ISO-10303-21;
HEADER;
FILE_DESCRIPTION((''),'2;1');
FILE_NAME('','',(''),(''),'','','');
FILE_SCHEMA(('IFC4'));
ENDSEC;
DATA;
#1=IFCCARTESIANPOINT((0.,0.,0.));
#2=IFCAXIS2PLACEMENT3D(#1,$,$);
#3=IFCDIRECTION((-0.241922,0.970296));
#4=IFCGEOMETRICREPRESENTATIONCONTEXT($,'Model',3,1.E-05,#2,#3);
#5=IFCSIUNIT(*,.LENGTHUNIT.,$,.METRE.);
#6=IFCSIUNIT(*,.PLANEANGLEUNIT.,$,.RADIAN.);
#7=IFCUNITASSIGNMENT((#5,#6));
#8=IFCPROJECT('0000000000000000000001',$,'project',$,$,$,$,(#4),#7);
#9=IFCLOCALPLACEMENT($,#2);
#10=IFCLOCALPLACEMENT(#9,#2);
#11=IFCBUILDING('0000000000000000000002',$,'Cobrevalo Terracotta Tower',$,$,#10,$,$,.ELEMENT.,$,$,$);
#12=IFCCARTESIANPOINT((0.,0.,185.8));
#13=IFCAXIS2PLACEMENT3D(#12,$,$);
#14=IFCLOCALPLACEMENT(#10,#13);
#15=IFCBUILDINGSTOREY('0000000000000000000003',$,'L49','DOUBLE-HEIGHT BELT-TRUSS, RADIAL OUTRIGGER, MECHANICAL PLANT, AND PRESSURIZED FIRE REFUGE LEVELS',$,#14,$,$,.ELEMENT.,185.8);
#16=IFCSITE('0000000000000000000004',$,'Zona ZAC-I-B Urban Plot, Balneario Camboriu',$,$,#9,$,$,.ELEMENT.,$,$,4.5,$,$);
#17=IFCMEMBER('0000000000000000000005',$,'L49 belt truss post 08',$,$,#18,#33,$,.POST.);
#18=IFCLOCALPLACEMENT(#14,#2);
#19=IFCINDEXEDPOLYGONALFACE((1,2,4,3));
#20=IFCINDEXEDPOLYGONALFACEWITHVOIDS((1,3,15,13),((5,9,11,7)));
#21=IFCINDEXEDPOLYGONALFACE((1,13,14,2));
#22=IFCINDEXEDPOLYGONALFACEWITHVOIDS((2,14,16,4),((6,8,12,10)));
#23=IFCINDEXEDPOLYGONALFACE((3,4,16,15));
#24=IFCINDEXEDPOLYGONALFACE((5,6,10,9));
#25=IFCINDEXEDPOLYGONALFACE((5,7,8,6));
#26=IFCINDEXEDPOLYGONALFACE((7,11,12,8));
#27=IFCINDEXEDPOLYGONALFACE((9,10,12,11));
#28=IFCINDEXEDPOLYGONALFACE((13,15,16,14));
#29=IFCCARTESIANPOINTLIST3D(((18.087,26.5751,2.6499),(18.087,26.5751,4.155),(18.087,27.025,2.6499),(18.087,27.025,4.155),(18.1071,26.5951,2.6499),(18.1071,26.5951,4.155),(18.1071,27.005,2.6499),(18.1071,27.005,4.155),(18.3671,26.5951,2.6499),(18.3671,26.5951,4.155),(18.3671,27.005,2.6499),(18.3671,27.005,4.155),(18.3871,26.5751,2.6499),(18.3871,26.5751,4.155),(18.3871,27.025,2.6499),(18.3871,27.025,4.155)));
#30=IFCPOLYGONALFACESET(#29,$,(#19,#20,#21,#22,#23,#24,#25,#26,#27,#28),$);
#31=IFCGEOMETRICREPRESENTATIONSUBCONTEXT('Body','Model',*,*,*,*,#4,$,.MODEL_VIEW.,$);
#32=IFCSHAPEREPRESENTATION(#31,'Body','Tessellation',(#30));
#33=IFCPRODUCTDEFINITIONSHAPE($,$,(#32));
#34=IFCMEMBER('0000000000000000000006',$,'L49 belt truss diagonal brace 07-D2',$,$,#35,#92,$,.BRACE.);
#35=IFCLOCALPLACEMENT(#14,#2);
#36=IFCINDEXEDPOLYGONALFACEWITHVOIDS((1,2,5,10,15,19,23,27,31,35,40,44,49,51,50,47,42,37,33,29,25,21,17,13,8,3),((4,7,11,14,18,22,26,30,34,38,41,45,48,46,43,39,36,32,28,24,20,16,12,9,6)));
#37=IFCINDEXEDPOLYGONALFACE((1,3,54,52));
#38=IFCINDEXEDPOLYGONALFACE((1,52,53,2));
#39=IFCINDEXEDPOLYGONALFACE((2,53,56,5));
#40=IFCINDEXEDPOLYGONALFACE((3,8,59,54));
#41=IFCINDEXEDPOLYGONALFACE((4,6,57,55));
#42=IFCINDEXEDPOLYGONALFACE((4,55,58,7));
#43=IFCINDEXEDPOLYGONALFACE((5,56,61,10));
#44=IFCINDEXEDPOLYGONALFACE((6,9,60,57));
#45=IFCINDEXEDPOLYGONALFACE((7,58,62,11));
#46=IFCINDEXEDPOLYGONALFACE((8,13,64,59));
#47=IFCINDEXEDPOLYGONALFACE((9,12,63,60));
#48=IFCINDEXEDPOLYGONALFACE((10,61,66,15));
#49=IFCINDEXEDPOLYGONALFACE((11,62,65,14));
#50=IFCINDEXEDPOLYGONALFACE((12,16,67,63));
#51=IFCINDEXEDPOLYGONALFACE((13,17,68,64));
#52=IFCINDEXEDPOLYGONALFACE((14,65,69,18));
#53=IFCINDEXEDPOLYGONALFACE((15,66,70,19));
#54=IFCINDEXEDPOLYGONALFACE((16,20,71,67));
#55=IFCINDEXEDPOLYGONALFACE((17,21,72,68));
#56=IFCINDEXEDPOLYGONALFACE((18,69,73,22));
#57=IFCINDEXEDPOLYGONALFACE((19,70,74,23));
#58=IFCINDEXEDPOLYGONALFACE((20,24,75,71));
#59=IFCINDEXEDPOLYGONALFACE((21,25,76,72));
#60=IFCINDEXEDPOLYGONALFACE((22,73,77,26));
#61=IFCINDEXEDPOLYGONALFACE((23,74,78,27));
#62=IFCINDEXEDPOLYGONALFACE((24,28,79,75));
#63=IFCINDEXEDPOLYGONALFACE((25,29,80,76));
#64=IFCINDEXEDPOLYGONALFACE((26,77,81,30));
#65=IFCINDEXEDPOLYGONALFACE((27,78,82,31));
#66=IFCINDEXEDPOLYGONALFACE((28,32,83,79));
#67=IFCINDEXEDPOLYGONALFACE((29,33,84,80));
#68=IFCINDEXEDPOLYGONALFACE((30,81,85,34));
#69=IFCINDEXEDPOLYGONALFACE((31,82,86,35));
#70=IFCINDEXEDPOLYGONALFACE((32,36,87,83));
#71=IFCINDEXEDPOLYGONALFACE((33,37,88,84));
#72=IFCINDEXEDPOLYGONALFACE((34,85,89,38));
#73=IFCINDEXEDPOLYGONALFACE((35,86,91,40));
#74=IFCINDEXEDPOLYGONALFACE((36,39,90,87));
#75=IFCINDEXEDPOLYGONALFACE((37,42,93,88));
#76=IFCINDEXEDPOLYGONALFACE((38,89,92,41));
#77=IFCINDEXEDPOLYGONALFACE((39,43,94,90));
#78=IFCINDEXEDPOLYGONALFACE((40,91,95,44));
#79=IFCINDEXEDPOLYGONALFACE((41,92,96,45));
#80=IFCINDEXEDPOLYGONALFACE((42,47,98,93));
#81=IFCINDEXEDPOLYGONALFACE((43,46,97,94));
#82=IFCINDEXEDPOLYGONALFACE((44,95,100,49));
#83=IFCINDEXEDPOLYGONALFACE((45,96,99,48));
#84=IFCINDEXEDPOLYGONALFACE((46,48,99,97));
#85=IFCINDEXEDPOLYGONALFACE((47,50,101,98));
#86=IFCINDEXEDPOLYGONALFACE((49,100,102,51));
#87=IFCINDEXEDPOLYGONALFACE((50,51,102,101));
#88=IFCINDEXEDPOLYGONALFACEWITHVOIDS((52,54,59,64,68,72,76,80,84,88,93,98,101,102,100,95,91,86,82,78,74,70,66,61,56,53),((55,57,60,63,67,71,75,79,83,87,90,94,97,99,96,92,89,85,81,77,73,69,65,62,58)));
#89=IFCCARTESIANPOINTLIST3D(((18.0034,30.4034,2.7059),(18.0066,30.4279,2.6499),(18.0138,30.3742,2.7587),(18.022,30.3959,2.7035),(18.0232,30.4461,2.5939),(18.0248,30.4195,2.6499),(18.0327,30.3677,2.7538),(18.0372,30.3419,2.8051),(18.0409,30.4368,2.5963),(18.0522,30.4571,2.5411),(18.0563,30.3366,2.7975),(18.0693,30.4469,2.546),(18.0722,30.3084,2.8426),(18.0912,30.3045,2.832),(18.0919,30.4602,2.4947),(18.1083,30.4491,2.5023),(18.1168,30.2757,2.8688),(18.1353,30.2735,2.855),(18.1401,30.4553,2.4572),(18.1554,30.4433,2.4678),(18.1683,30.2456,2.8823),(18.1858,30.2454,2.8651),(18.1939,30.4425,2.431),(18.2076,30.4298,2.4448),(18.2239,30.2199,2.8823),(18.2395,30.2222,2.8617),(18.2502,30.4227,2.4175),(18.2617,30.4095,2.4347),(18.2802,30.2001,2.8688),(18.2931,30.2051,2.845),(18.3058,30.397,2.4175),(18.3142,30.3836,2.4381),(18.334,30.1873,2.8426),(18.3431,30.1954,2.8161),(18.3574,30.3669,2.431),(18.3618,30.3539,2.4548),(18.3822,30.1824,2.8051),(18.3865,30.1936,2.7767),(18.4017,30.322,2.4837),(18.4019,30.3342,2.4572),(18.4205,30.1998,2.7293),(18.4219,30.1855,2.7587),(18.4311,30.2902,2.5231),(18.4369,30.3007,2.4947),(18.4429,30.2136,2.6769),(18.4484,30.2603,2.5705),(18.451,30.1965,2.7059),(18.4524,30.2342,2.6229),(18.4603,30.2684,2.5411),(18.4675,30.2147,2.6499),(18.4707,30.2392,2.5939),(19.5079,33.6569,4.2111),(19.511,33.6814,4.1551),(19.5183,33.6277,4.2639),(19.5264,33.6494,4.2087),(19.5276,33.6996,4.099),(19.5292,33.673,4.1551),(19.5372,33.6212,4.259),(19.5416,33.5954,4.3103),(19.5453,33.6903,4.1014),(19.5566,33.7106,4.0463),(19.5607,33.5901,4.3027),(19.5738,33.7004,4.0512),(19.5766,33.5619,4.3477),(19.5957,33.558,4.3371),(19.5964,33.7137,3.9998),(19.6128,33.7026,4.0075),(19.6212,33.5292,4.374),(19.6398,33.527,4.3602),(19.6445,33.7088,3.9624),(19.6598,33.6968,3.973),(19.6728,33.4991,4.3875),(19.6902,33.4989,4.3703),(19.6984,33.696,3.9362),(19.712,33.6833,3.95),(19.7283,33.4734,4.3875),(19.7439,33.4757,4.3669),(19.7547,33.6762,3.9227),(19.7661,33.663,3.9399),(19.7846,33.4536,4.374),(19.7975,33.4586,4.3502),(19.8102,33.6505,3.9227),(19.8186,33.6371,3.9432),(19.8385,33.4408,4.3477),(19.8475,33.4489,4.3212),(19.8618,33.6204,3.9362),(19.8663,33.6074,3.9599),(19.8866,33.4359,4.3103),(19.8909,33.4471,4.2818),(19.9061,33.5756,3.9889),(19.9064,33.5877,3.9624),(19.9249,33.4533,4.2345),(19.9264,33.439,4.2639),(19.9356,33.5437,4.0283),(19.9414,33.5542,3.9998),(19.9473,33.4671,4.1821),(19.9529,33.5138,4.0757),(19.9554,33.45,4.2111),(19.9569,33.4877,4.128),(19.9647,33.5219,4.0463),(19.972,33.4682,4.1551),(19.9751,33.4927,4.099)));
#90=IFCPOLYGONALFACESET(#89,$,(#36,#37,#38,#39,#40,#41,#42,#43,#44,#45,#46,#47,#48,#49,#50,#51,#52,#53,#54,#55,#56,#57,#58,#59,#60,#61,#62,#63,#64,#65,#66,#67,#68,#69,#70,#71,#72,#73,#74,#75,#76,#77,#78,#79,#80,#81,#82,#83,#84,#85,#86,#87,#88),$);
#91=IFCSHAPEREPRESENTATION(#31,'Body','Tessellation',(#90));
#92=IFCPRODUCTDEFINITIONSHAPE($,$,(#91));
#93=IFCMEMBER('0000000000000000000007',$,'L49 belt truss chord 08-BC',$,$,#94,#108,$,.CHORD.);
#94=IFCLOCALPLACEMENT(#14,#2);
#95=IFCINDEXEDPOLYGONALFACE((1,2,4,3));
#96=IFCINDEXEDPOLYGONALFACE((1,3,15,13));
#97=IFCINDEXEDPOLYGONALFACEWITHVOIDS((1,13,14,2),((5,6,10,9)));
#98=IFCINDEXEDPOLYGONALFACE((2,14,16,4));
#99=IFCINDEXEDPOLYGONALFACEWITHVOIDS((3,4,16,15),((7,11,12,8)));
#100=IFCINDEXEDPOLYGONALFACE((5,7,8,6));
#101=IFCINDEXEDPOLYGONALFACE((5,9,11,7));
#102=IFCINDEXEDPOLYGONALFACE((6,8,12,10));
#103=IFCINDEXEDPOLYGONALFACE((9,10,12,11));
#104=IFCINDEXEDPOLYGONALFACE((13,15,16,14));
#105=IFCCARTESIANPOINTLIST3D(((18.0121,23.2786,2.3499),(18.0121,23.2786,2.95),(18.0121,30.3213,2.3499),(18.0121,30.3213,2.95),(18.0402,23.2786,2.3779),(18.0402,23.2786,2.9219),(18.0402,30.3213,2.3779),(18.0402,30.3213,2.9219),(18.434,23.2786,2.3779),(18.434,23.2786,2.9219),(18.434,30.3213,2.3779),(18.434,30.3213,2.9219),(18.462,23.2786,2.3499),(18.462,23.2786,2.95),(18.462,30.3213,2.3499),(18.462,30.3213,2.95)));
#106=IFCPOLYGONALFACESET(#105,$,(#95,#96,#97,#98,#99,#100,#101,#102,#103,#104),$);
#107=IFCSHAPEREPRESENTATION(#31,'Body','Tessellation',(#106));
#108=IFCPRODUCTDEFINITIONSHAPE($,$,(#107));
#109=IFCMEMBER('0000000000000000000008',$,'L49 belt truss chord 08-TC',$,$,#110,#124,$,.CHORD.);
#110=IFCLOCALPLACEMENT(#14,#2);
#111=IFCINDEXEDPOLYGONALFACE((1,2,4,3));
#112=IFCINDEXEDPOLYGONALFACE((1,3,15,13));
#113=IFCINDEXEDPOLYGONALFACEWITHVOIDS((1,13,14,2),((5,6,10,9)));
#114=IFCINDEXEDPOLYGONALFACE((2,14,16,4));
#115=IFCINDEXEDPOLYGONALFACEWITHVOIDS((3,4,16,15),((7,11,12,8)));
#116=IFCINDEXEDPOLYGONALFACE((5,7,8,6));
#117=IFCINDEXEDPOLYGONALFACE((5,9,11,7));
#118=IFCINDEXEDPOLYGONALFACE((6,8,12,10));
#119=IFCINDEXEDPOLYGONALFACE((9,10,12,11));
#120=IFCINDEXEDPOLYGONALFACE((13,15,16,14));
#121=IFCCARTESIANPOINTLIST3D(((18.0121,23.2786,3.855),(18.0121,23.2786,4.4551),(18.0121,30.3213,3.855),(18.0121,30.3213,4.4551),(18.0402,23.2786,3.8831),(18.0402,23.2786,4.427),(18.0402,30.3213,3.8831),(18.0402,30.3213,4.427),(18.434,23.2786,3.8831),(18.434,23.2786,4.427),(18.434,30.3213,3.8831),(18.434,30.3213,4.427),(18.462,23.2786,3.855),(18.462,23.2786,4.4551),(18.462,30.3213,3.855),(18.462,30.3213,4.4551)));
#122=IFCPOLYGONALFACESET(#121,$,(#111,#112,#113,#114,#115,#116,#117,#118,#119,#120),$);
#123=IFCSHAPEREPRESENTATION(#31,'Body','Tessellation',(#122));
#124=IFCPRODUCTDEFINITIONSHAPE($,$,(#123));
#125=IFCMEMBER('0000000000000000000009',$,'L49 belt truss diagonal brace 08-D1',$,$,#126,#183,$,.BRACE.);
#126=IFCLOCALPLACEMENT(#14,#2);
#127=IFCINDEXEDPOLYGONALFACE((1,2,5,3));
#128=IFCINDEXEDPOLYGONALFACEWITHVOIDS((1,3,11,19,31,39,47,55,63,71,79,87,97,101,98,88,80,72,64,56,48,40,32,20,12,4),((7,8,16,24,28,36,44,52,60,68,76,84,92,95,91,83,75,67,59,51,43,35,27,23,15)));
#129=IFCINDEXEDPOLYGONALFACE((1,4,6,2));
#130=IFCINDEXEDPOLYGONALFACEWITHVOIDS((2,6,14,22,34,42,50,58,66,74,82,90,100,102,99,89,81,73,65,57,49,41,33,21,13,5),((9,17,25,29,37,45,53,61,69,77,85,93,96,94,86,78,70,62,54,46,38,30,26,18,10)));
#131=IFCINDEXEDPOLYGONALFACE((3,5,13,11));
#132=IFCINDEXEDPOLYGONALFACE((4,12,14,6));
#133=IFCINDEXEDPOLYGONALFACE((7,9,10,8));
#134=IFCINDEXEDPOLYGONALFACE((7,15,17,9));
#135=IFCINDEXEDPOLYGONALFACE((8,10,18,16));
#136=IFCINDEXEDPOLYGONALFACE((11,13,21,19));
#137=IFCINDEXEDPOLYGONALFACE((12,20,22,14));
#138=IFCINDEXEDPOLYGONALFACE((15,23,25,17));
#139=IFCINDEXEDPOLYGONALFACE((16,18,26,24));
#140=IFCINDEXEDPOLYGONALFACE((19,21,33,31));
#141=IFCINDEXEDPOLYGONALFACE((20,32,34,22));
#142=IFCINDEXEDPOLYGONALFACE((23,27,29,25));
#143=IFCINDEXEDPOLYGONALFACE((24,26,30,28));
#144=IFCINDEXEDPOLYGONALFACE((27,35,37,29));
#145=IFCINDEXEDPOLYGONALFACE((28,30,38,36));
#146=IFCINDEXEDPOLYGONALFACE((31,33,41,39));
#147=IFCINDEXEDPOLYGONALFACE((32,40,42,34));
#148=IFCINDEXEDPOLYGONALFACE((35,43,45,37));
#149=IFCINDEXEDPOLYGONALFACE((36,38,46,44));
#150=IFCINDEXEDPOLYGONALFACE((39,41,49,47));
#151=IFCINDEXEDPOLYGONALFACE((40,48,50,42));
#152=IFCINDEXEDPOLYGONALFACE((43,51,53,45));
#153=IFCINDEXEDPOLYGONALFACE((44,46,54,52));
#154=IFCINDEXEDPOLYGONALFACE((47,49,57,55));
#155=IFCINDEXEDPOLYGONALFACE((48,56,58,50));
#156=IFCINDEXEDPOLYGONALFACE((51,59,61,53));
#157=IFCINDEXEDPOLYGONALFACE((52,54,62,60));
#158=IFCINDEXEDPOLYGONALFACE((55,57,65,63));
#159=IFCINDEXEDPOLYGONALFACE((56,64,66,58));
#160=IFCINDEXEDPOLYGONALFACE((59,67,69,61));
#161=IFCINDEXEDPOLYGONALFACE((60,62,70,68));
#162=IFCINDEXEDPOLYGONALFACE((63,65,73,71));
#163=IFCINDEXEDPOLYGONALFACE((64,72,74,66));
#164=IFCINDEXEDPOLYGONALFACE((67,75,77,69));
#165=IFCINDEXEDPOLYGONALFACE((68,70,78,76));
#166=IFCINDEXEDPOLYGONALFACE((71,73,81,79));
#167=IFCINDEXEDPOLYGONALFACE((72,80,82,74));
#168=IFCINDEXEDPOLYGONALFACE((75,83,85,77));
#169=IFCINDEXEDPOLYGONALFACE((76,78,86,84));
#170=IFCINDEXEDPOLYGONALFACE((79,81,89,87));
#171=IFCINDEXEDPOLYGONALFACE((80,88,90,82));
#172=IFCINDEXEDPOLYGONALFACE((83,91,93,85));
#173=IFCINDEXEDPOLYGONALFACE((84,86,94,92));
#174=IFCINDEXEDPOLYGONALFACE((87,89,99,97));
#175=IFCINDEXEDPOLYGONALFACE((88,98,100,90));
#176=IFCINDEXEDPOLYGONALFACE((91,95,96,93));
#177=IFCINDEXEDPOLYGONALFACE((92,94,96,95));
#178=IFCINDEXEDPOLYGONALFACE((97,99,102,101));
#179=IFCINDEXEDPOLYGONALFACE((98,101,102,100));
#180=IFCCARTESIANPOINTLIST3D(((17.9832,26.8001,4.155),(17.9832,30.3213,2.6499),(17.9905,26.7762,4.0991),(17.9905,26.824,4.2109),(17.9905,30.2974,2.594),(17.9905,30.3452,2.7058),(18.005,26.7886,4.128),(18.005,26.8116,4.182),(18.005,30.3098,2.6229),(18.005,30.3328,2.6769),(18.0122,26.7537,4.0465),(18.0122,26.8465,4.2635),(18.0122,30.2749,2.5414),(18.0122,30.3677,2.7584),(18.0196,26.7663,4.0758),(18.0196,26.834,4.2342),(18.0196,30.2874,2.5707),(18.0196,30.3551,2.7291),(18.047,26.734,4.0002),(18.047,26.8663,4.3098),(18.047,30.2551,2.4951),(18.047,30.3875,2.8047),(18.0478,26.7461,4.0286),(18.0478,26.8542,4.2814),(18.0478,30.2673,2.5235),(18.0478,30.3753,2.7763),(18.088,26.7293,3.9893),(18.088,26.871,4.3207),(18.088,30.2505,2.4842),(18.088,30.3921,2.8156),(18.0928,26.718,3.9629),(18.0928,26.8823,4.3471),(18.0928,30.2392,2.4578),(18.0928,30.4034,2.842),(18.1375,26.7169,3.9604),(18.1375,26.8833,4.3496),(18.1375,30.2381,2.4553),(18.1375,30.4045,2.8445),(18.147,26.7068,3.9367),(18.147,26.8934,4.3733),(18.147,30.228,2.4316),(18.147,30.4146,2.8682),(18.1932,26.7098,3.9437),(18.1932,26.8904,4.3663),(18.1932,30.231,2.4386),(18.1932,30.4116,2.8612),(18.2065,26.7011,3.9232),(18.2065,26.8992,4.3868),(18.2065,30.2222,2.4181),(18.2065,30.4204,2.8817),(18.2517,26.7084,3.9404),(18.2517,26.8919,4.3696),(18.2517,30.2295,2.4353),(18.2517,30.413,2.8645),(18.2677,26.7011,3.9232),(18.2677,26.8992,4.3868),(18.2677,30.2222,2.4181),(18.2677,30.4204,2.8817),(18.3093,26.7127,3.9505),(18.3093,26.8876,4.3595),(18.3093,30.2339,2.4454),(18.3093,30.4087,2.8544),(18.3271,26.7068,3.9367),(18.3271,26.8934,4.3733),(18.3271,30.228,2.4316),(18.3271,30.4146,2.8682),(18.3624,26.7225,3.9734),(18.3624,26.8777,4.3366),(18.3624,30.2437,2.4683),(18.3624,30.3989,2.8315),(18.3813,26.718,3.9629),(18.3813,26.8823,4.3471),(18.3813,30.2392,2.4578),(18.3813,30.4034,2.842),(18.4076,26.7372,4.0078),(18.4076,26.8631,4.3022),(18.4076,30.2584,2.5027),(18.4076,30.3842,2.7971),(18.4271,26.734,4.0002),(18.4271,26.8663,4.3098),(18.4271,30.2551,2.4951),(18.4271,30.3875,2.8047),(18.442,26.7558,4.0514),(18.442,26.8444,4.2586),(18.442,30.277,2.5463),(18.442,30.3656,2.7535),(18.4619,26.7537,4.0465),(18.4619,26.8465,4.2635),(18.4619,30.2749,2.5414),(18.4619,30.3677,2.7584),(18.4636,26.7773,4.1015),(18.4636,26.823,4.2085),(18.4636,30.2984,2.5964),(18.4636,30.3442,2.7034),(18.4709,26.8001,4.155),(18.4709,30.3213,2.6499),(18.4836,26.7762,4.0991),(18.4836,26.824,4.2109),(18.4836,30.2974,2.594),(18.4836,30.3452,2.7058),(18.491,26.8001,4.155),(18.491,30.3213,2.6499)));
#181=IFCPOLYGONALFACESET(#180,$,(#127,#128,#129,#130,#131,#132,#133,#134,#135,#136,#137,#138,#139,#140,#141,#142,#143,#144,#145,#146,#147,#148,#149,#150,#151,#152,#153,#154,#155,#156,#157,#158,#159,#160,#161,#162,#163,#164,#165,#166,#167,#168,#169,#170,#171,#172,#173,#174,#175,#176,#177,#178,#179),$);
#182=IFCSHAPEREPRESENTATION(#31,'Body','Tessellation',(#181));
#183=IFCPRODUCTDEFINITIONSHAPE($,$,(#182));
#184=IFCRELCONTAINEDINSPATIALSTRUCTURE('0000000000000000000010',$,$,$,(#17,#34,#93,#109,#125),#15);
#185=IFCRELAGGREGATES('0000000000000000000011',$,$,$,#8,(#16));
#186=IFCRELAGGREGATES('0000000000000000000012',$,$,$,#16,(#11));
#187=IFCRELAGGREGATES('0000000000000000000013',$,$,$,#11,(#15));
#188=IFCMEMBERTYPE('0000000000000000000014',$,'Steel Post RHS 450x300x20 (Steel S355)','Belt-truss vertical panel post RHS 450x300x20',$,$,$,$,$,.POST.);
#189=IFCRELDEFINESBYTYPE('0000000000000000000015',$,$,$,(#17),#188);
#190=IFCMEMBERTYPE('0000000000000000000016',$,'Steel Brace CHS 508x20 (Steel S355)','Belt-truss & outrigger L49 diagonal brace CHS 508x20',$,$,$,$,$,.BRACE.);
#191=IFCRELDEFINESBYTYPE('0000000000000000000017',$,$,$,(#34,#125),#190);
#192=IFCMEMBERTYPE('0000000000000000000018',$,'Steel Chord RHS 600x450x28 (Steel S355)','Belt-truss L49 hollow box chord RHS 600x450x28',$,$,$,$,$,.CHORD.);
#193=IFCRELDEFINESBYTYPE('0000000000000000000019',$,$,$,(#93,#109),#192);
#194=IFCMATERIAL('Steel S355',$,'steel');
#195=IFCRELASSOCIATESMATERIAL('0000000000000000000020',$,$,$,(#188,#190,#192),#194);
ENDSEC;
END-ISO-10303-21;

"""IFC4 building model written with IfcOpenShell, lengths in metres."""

from ifc_helpers import new_model, si_unit, direction, frame, origin, origin_2d, place, context, subcontext, project, spatial, hollow_rectangle, hollow_circle, extrude, source, transform, mapped, material, material_profile, profile_set, type_object, element, save


model = new_model("IFC4")

# Units and contexts
model_context = context("Model", 3, precision=1e-05, world=origin(), true_north=direction((-0.241922, 0.970296)))
body_context = subcontext(model_context, "Body", "Model", "MODEL_VIEW")
ifc_project = project(units=[si_unit("LENGTHUNIT", "METRE"), si_unit("PLANEANGLEUNIT", "RADIAN")], contexts=[model_context])

# Site, building, storey
site_placement = place(None, origin())
site = spatial("IfcSite", under=ifc_project, at=site_placement, Name="Zona ZAC-I-B Urban Plot, Balneario Camboriu", CompositionType="ELEMENT", RefElevation=4.5)
building_placement = place(site_placement, origin())
building = spatial("IfcBuilding", under=site, at=building_placement, Name="Cobrevalo Terracotta Tower", CompositionType="ELEMENT")
storey_placement = place(building_placement, frame((0.0, 0.0, 185.8)))
storey = spatial("IfcBuildingStorey", under=building, at=storey_placement, Name="L49", Description="DOUBLE-HEIGHT BELT-TRUSS, RADIAL OUTRIGGER, MECHANICAL PLANT, AND PRESSURIZED FIRE REFUGE LEVELS", CompositionType="ELEMENT", Elevation=185.8)

# Shared definitions
ifc_material_1 = material(Name="Steel S355", Category="steel")

# Members
ifc_material_profile_1 = material_profile(ifc_material_1, hollow_rectangle(XDim=0.3, YDim=0.45, WallThickness=0.02, at=origin_2d()), Name="RHS 450x300x20")
ifc_profile_set_1 = profile_set([ifc_material_profile_1], Name="Steel S355")
member_type_1 = type_object("IfcMemberType", Name="Steel Post RHS 450x300x20 (Steel S355)", Description="Belt-truss vertical panel post RHS 450x300x20", PredefinedType="POST", material=ifc_profile_set_1)
shared_shape_1 = source(origin(), body_context, "Body", "SweptSolid", [
    extrude(hollow_rectangle(XDim=0.3, YDim=0.45, WallThickness=0.02, at=origin_2d()), origin(), (0.0, 0.0, 1.0), 1.5051),
])
for number, where, z_axis, x_axis, name in (
    (1, (18.2371, 26.8, 2.6499), (0.0, 0.0, 1.0), (1.0, 0.0, 0.0), "L49 belt truss post 08"),
):
    element("IfcMember", number, at=place(storey_placement, frame(where, z_axis=z_axis, x_axis=x_axis)), inside=storey, type_object=member_type_1, Name=name, PredefinedType="POST", context=body_context, shape_type="MappedRepresentation", body=[
        mapped(shared_shape_1, transform((0.0, 0.0, 0.0), scale=1.0)),
    ])
ifc_material_profile_2 = material_profile(ifc_material_1, hollow_circle(Radius=0.2539, WallThickness=0.02, at=origin_2d()), Name="CHS 508x20")
ifc_profile_set_2 = profile_set([ifc_material_profile_2], Name="Steel S355")
member_type_2 = type_object("IfcMemberType", Name="Steel Brace CHS 508x20 (Steel S355)", Description="Belt-truss & outrigger L49 diagonal brace CHS 508x20", PredefinedType="BRACE", material=ifc_profile_set_2)
shared_shape_2 = source(origin(), body_context, "Body", "SweptSolid", [
    extrude(hollow_circle(Radius=0.2539, WallThickness=0.02, at=origin_2d()), origin(), (0.0, 0.0, 1.0), 3.8877),
])
member_1_placement = place(storey_placement, frame((18.2371, 30.3213, 2.6499), z_axis=(0.386974, 0.836873, 0.387162), x_axis=(-0.90766, 0.419706, 0.0)))
element("IfcMember", 2, at=member_1_placement, inside=storey, type_object=member_type_2, Name="L49 belt truss diagonal brace 07-D2", PredefinedType="BRACE", context=body_context, shape_type="MappedRepresentation", body=[
    mapped(shared_shape_2, transform((0.0, 0.0, 0.0), scale=1.0)),
])
ifc_material_profile_3 = material_profile(ifc_material_1, hollow_rectangle(XDim=0.45, YDim=0.6001, WallThickness=0.0281, at=origin_2d()), Name="RHS 600x450x28")
ifc_profile_set_3 = profile_set([ifc_material_profile_3], Name="Steel S355")
member_type_3 = type_object("IfcMemberType", Name="Steel Chord RHS 600x450x28 (Steel S355)", Description="Belt-truss L49 hollow box chord RHS 600x450x28", PredefinedType="CHORD", material=ifc_profile_set_3)
shared_shape_3 = source(origin(), body_context, "Body", "SweptSolid", [
    extrude(hollow_rectangle(XDim=0.45, YDim=0.6001, WallThickness=0.0281, at=origin_2d()), origin(), (0.0, 0.0, 1.0), 7.0427),
])
for number, where, z_axis, x_axis, name in (
    (3, (18.2371, 30.3213, 2.6499), (0.0, -1.0, 0.0), (1.0, 0.0, 0.0), "L49 belt truss chord 08-BC"),
    (4, (18.2371, 30.3213, 4.155), (0.0, -1.0, 0.0), (1.0, 0.0, 0.0), "L49 belt truss chord 08-TC"),
):
    element("IfcMember", number, at=place(storey_placement, frame(where, z_axis=z_axis, x_axis=x_axis)), inside=storey, type_object=member_type_3, Name=name, PredefinedType="CHORD", context=body_context, shape_type="MappedRepresentation", body=[
        mapped(shared_shape_3, transform((0.0, 0.0, 0.0), scale=1.0)),
    ])
shared_shape_4 = source(origin(), body_context, "Body", "SweptSolid", [
    extrude(hollow_circle(Radius=0.2539, WallThickness=0.02, at=origin_2d()), origin(), (0.0, 0.0, 1.0), 3.8293),
])
member_2_placement = place(storey_placement, frame((18.2371, 30.3213, 2.6499), z_axis=(0.0, -0.919521, 0.393042), x_axis=(1.0, 0.0, 0.0)))
element("IfcMember", 5, at=member_2_placement, inside=storey, type_object=member_type_2, Name="L49 belt truss diagonal brace 08-D1", PredefinedType="BRACE", context=body_context, shape_type="MappedRepresentation", body=[
    mapped(shared_shape_4, transform((0.0, 0.0, 0.0), scale=1.0)),
])

save(model, "model.ifc")
